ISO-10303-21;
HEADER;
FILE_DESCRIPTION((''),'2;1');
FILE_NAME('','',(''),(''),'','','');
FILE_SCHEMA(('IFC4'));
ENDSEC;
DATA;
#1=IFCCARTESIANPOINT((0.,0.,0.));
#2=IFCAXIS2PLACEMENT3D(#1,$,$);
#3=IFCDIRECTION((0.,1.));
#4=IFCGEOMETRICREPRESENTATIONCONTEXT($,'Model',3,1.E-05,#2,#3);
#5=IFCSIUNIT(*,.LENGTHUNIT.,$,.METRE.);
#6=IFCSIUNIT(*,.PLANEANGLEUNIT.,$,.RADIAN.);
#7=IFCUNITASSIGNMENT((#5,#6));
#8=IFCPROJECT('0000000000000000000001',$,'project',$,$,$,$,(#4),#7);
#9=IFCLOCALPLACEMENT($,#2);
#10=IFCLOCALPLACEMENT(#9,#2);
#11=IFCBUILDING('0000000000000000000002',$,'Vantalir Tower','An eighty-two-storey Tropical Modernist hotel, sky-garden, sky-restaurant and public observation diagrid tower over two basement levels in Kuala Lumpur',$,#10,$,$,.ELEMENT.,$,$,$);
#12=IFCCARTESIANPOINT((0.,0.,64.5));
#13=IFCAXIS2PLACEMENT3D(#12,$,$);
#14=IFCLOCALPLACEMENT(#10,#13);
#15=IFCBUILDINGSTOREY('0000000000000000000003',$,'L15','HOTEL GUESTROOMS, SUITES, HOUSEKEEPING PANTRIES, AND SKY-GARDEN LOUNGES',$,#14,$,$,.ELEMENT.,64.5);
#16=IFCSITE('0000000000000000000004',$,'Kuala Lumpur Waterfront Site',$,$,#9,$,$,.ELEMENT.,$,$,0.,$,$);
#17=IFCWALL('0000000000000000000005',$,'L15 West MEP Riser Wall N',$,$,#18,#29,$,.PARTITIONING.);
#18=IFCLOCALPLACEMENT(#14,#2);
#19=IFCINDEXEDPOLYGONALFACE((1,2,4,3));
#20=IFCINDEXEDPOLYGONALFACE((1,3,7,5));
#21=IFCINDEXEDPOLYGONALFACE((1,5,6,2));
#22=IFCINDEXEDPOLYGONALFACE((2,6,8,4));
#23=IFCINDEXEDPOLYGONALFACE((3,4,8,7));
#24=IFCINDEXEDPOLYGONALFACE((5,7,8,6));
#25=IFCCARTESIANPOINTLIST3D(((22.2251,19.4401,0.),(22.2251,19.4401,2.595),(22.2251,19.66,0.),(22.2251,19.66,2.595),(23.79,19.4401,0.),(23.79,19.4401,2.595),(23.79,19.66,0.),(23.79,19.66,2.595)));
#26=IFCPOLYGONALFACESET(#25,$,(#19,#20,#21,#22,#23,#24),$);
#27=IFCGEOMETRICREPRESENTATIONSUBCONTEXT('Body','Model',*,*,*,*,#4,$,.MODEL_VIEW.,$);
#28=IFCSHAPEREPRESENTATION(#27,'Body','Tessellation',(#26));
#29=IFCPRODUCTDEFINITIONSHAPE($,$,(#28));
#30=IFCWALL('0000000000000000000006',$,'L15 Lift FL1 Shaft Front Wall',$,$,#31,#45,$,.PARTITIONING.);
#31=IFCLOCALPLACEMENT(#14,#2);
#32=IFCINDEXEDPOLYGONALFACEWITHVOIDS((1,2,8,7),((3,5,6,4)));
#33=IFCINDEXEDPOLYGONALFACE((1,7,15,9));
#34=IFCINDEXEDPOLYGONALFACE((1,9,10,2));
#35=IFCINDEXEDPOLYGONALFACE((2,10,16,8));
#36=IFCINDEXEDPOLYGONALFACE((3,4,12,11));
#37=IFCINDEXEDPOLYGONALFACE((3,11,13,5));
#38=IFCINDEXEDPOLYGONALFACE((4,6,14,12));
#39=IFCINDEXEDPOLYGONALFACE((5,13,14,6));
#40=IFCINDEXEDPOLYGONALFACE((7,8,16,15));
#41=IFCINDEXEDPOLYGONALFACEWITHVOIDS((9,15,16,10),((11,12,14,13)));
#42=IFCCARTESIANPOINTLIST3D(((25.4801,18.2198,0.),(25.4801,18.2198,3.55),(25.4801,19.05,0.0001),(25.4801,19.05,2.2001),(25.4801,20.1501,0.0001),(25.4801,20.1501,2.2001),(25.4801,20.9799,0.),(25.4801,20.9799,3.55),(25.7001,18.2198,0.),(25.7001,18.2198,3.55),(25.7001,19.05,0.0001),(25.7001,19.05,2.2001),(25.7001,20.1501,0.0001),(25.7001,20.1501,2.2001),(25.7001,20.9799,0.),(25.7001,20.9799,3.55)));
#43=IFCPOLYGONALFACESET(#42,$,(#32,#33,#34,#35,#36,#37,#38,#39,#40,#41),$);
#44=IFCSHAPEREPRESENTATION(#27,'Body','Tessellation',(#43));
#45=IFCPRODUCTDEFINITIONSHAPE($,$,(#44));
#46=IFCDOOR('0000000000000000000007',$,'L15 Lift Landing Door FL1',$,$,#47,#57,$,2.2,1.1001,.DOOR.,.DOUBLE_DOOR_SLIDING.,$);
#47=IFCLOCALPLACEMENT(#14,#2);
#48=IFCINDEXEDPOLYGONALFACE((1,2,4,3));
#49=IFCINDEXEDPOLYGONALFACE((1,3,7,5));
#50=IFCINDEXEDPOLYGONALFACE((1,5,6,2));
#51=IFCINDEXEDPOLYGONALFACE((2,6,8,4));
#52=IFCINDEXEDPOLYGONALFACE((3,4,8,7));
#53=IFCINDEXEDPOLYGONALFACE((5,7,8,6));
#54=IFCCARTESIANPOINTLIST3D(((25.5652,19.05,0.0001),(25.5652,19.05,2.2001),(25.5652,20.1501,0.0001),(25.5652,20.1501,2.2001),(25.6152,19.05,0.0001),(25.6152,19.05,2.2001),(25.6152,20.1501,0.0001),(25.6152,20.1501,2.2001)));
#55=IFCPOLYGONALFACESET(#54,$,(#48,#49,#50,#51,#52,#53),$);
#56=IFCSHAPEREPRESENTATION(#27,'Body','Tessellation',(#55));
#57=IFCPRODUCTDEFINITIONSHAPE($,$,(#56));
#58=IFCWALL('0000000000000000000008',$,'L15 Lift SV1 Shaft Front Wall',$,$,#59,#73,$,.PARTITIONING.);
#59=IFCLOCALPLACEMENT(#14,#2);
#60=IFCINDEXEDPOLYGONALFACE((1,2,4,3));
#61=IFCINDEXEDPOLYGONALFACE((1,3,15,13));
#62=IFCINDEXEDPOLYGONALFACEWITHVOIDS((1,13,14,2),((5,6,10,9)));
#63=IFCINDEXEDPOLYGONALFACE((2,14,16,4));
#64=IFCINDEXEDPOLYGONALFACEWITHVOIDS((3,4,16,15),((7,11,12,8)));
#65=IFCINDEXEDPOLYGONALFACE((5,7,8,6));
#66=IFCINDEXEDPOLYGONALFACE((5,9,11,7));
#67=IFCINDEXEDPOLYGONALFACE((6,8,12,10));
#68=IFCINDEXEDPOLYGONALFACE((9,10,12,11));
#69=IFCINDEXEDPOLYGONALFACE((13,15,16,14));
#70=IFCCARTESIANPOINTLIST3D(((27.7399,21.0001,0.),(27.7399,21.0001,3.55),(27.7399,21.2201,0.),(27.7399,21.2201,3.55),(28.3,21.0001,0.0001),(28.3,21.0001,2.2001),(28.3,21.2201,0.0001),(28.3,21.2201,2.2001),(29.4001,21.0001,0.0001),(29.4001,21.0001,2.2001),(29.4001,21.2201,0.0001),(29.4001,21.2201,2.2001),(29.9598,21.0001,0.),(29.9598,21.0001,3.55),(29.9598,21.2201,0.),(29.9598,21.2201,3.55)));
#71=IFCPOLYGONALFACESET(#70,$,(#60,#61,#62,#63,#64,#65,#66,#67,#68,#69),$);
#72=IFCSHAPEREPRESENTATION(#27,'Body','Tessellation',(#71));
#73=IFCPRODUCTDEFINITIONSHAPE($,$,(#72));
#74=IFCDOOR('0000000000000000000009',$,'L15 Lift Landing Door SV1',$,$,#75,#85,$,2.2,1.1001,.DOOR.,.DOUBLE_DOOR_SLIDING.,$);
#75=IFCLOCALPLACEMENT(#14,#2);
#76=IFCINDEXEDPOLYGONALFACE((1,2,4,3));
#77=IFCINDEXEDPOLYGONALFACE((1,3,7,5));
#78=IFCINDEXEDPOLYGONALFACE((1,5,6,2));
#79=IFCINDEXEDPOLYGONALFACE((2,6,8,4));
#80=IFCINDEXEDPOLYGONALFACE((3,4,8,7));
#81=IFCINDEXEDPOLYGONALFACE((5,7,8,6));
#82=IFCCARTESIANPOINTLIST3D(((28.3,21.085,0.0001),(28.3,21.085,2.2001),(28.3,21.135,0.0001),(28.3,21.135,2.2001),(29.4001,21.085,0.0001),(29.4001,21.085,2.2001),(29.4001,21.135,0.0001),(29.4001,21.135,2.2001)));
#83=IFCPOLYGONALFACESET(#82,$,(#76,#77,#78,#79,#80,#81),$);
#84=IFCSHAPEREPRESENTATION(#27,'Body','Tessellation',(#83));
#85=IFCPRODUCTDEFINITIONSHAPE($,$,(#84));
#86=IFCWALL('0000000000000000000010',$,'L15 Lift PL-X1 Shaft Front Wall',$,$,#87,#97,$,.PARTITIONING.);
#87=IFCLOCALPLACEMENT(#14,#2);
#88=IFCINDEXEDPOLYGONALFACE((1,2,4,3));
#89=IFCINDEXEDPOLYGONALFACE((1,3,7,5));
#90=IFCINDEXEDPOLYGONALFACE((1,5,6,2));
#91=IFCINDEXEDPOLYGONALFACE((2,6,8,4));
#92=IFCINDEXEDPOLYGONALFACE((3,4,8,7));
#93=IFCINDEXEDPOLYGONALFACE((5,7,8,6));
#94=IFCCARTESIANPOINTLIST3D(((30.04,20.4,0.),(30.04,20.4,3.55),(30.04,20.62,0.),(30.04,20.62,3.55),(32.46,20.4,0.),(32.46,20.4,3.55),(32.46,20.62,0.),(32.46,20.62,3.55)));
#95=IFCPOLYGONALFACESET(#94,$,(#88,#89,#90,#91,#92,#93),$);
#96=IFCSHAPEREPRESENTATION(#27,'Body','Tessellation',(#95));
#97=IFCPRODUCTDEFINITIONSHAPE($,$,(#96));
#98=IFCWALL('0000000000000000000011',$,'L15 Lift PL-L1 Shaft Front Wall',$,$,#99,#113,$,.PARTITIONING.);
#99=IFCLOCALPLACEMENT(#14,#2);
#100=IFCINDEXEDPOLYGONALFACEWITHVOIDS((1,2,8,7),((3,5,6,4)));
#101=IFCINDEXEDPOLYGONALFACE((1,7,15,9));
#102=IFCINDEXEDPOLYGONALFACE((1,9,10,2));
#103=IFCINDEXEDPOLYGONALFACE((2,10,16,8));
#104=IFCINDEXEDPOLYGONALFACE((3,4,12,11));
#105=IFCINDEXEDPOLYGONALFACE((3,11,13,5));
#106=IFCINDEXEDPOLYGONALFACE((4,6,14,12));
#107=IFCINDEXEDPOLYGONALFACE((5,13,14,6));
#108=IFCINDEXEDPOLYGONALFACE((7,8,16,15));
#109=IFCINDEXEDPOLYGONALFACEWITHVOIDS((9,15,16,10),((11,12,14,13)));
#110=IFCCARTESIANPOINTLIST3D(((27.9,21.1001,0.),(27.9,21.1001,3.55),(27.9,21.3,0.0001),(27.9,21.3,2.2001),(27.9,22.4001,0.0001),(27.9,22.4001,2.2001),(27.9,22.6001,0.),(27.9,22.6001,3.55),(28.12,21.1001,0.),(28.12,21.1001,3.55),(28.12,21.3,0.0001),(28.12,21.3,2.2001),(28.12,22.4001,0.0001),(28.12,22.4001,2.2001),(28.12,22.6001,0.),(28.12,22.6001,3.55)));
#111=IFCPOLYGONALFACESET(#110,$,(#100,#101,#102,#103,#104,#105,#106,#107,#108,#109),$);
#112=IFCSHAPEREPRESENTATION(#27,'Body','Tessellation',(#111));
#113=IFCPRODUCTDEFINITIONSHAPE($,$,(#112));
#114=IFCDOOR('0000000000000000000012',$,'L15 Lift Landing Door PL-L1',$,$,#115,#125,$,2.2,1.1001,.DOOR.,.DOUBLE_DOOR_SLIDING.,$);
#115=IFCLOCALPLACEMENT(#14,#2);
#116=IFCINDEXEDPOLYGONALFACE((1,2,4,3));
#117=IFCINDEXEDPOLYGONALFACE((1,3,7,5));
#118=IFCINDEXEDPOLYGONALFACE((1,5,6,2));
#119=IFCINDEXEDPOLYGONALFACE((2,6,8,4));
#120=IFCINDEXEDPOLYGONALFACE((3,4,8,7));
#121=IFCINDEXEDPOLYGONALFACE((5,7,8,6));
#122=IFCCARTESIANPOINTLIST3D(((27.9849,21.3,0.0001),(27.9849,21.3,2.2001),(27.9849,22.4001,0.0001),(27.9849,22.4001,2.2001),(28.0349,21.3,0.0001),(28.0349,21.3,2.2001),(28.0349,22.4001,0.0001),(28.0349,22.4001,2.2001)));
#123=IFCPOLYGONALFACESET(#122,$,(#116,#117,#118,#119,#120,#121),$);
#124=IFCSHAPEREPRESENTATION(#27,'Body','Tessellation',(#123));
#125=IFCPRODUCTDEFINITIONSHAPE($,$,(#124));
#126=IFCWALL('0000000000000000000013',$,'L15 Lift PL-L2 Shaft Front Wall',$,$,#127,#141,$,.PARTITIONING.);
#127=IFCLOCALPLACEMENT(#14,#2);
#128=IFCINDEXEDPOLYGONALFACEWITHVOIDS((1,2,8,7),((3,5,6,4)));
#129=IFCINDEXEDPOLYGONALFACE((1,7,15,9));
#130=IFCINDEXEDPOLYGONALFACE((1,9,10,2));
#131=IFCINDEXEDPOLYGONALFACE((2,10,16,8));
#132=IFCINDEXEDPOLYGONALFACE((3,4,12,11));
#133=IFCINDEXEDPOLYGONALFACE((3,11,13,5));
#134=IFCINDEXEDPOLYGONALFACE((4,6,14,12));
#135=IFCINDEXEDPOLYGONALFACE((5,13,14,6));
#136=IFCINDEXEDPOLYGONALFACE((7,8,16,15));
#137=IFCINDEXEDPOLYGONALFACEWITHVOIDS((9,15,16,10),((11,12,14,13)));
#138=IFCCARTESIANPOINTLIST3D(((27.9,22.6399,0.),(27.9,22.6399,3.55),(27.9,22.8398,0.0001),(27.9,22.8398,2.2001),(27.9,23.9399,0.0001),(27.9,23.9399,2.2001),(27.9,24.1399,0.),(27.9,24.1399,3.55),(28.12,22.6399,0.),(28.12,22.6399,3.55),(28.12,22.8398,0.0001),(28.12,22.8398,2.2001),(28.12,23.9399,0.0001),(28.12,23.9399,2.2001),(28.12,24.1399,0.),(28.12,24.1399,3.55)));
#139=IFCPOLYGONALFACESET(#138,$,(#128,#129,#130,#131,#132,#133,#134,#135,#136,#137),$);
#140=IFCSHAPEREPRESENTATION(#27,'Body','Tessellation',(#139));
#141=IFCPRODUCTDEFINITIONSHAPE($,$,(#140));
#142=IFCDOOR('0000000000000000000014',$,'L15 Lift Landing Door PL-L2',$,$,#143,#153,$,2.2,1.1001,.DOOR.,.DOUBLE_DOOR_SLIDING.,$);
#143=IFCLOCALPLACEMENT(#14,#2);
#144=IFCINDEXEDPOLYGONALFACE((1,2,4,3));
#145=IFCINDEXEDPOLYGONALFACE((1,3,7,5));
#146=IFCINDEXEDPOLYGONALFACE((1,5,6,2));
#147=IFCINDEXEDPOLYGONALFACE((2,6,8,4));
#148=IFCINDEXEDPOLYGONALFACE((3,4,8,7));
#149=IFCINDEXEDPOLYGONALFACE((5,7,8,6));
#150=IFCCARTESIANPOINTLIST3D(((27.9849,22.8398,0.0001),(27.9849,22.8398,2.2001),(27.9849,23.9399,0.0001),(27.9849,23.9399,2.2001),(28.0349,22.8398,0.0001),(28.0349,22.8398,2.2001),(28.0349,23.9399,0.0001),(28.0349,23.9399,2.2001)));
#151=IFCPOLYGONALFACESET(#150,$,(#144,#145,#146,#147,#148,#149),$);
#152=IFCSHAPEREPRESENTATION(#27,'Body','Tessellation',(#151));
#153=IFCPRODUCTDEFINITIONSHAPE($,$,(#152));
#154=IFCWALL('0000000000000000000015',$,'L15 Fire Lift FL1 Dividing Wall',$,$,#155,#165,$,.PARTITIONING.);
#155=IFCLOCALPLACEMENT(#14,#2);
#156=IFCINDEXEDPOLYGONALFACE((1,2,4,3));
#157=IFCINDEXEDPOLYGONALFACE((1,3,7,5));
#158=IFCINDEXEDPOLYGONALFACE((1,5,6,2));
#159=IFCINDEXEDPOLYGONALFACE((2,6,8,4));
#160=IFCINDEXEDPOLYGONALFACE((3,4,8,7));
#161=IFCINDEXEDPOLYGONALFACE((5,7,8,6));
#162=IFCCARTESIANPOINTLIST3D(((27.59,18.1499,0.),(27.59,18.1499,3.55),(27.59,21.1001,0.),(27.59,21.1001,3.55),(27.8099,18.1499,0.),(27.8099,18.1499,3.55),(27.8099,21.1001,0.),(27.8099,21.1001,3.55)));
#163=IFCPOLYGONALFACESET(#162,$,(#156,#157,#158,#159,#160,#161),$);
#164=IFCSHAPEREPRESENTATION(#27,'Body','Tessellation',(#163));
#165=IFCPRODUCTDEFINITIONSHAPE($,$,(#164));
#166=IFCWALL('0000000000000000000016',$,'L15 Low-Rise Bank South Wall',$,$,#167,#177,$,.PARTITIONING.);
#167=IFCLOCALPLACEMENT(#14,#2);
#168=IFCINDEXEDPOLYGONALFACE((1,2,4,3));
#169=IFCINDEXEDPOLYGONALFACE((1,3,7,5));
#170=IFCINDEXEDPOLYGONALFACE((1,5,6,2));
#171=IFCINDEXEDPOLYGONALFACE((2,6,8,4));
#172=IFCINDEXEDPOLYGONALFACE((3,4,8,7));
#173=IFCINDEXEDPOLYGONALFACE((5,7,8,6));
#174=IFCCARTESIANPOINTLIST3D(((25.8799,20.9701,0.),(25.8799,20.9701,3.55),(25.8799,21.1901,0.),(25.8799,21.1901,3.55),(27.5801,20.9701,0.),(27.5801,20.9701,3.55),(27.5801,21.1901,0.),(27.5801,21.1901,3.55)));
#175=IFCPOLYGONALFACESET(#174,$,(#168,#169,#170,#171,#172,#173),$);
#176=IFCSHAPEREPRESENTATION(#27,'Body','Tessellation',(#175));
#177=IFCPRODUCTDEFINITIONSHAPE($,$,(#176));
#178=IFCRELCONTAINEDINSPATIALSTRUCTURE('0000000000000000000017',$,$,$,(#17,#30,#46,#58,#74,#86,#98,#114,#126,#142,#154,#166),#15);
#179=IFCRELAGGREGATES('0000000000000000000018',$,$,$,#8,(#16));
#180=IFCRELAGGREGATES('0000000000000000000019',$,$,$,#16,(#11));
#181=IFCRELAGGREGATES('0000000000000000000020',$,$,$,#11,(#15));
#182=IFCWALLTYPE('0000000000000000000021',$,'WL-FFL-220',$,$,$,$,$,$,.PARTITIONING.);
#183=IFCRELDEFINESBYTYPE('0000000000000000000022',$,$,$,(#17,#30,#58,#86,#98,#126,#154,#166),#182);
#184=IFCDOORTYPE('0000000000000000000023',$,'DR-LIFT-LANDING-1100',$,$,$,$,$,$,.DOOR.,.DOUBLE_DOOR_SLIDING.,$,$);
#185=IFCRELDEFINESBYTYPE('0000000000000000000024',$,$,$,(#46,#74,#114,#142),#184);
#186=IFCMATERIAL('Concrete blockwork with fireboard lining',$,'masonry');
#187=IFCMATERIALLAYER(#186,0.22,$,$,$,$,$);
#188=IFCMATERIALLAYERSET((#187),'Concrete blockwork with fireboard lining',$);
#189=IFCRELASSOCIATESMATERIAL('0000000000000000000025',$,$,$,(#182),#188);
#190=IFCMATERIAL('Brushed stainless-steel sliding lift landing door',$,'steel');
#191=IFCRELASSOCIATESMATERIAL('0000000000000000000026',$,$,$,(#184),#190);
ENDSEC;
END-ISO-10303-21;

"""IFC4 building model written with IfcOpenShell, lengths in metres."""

from ifc_helpers import new_model, si_unit, direction, frame, frame_2d, origin, place, context, subcontext, project, spatial, rectangle, extrude, material, layer, layer_set, type_object, element, fill, save


model = new_model("IFC4")

# Units and contexts
model_context = context("Model", 3, precision=1e-05, world=origin(), true_north=direction((0.0, 1.0)))
body_context = subcontext(model_context, "Body", "Model", "MODEL_VIEW")
ifc_project = project(units=[si_unit("LENGTHUNIT", "METRE"), si_unit("PLANEANGLEUNIT", "RADIAN")], contexts=[model_context])

# Site, building, storey
site_placement = place(None, origin())
site = spatial("IfcSite", under=ifc_project, at=site_placement, Name="Kuala Lumpur Waterfront Site", CompositionType="ELEMENT", RefElevation=0.0)
building_placement = place(site_placement, origin())
building = spatial("IfcBuilding", under=site, at=building_placement, Name="Vantalir Tower", Description="An eighty-two-storey Tropical Modernist hotel, sky-garden, sky-restaurant and public observation diagrid tower over two basement levels in Kuala Lumpur", CompositionType="ELEMENT")
storey_placement = place(building_placement, frame((0.0, 0.0, 64.5)))
storey = spatial("IfcBuildingStorey", under=building, at=storey_placement, Name="L15", Description="HOTEL GUESTROOMS, SUITES, HOUSEKEEPING PANTRIES, AND SKY-GARDEN LOUNGES", CompositionType="ELEMENT", Elevation=64.5)

# Wall
ifc_material_1 = material(Name="Concrete blockwork with fireboard lining", Category="masonry")
ifc_layer_1 = layer(ifc_material_1, 0.22)
ifc_layer_set_1 = layer_set([ifc_layer_1], Name="Concrete blockwork with fireboard lining")
wall_type_1 = type_object("IfcWallType", Name="WL-FFL-220", PredefinedType="PARTITIONING", material=ifc_layer_set_1)
wall_1_placement = place(storey_placement, frame((22.2251, 19.55, 0.0), z_axis=(0.0, 0.0, 1.0), x_axis=(1.0, 0.0, 0.0)))
element("IfcWall", 1, at=wall_1_placement, inside=storey, type_object=wall_type_1, Name="L15 West MEP Riser Wall N", PredefinedType="PARTITIONING", context=body_context, shape_type="SweptSolid", body=[
    extrude(rectangle(XDim=1.5649, YDim=0.22, at=frame_2d((0.7825, 0.0))), origin(), (0.0, 0.0, 1.0), 2.595),
])

# Walls, openings, doors
wall_2_placement = place(storey_placement, frame((25.5901, 18.22, 0.0), z_axis=(0.0, 0.0, 1.0), x_axis=(0.0, 1.0, 0.0)))
wall_2 = element("IfcWall", 2, at=wall_2_placement, inside=storey, type_object=wall_type_1, Name="L15 Lift FL1 Shaft Front Wall", PredefinedType="PARTITIONING", context=body_context, shape_type="SweptSolid", body=[
    extrude(rectangle(XDim=2.76, YDim=0.22, at=frame_2d((1.3799, 0.0))), origin(), (0.0, 0.0, 1.0), 3.55),
])
opening_1_placement = place(wall_2_placement, frame((0.8301, 0.0, 0.0)))
opening_1 = element("IfcOpeningElement", 3, at=opening_1_placement, cuts=wall_2, PredefinedType="OPENING", context=body_context, shape_type="SweptSolid", body=[
    extrude(rectangle(XDim=1.1001, YDim=2.2, at=frame_2d((0.55, 1.1001))), frame((0.0, 0.1199, 0.0), z_axis=(0.0, -1.0, 0.0), x_axis=(1.0, 0.0, 0.0)), (0.0, 0.0, 1.0), 0.24),
])
ifc_material_2 = material(Name="Brushed stainless-steel sliding lift landing door", Category="steel")
door_type_1 = type_object("IfcDoorType", Name="DR-LIFT-LANDING-1100", OperationType="DOUBLE_DOOR_SLIDING", PredefinedType="DOOR", material=ifc_material_2)
door_1_placement = place(opening_1_placement, origin())
door_1 = element("IfcDoor", 4, at=door_1_placement, inside=storey, type_object=door_type_1, Name="L15 Lift Landing Door FL1", OperationType="DOUBLE_DOOR_SLIDING", OverallHeight=2.2, OverallWidth=1.1001, PredefinedType="DOOR", context=body_context, shape_type="SweptSolid", body=[
    extrude(rectangle(XDim=1.1001, YDim=2.2, at=frame_2d((0.55, 1.1001))), frame((0.0, 0.0249, 0.0), z_axis=(0.0, -1.0, 0.0), x_axis=(1.0, 0.0, 0.0)), (0.0, 0.0, 1.0), 0.05),
])
fill(opening_1, door_1)
wall_3_placement = place(storey_placement, frame((27.74, 21.1101, 0.0), z_axis=(0.0, 0.0, 1.0), x_axis=(1.0, 0.0, 0.0)))
wall_3 = element("IfcWall", 5, at=wall_3_placement, inside=storey, type_object=wall_type_1, Name="L15 Lift SV1 Shaft Front Wall", PredefinedType="PARTITIONING", context=body_context, shape_type="SweptSolid", body=[
    extrude(rectangle(XDim=2.22, YDim=0.22, at=frame_2d((1.1099, 0.0))), origin(), (0.0, 0.0, 1.0), 3.55),
])
opening_2_placement = place(wall_3_placement, frame((0.5601, 0.0, 0.0)))
opening_2 = element("IfcOpeningElement", 6, at=opening_2_placement, cuts=wall_3, PredefinedType="OPENING", context=body_context, shape_type="SweptSolid", body=[
    extrude(rectangle(XDim=1.1001, YDim=2.2, at=frame_2d((0.55, 1.1001))), frame((0.0, 0.1199, 0.0), z_axis=(0.0, -1.0, 0.0), x_axis=(1.0, 0.0, 0.0)), (0.0, 0.0, 1.0), 0.24),
])
door_2_placement = place(opening_2_placement, origin())
door_2 = element("IfcDoor", 7, at=door_2_placement, inside=storey, type_object=door_type_1, Name="L15 Lift Landing Door SV1", OperationType="DOUBLE_DOOR_SLIDING", OverallHeight=2.2, OverallWidth=1.1001, PredefinedType="DOOR", context=body_context, shape_type="SweptSolid", body=[
    extrude(rectangle(XDim=1.1001, YDim=2.2, at=frame_2d((0.55, 1.1001))), frame((0.0, 0.0249, 0.0), z_axis=(0.0, -1.0, 0.0), x_axis=(1.0, 0.0, 0.0)), (0.0, 0.0, 1.0), 0.05),
])
fill(opening_2, door_2)

# Wall
wall_4_placement = place(storey_placement, frame((30.04, 20.51, 0.0), z_axis=(0.0, 0.0, 1.0), x_axis=(1.0, 0.0, 0.0)))
element("IfcWall", 8, at=wall_4_placement, inside=storey, type_object=wall_type_1, Name="L15 Lift PL-X1 Shaft Front Wall", PredefinedType="PARTITIONING", context=body_context, shape_type="SweptSolid", body=[
    extrude(rectangle(XDim=2.4199, YDim=0.22, at=frame_2d((1.21, 0.0))), origin(), (0.0, 0.0, 1.0), 3.55),
])

# Walls, openings, doors
wall_5_placement = place(storey_placement, frame((28.01, 21.1001, 0.0), z_axis=(0.0, 0.0, 1.0), x_axis=(0.0, 1.0, 0.0)))
wall_5 = element("IfcWall", 9, at=wall_5_placement, inside=storey, type_object=wall_type_1, Name="L15 Lift PL-L1 Shaft Front Wall", PredefinedType="PARTITIONING", context=body_context, shape_type="SweptSolid", body=[
    extrude(rectangle(XDim=1.5, YDim=0.22, at=frame_2d((0.75, 0.0))), origin(), (0.0, 0.0, 1.0), 3.55),
])
opening_3_placement = place(wall_5_placement, frame((0.2, 0.0, 0.0)))
opening_3 = element("IfcOpeningElement", 10, at=opening_3_placement, cuts=wall_5, PredefinedType="OPENING", context=body_context, shape_type="SweptSolid", body=[
    extrude(rectangle(XDim=1.1001, YDim=2.2, at=frame_2d((0.55, 1.1001))), frame((0.0, 0.1199, 0.0), z_axis=(0.0, -1.0, 0.0), x_axis=(1.0, 0.0, 0.0)), (0.0, 0.0, 1.0), 0.24),
])
door_3_placement = place(opening_3_placement, frame((1.1001, 0.0, 0.0), z_axis=(0.0, 0.0, 1.0), x_axis=(-1.0, 0.0, 0.0)))
door_3 = element("IfcDoor", 11, at=door_3_placement, inside=storey, type_object=door_type_1, Name="L15 Lift Landing Door PL-L1", OperationType="DOUBLE_DOOR_SLIDING", OverallHeight=2.2, OverallWidth=1.1001, PredefinedType="DOOR", context=body_context, shape_type="SweptSolid", body=[
    extrude(rectangle(XDim=1.1001, YDim=2.2, at=frame_2d((0.55, 1.1001))), frame((0.0, 0.0249, 0.0), z_axis=(0.0, -1.0, 0.0), x_axis=(1.0, 0.0, 0.0)), (0.0, 0.0, 1.0), 0.05),
])
fill(opening_3, door_3)
wall_6_placement = place(storey_placement, frame((28.01, 22.6399, 0.0), z_axis=(0.0, 0.0, 1.0), x_axis=(0.0, 1.0, 0.0)))
wall_6 = element("IfcWall", 12, at=wall_6_placement, inside=storey, type_object=wall_type_1, Name="L15 Lift PL-L2 Shaft Front Wall", PredefinedType="PARTITIONING", context=body_context, shape_type="SweptSolid", body=[
    extrude(rectangle(XDim=1.5, YDim=0.22, at=frame_2d((0.75, 0.0))), origin(), (0.0, 0.0, 1.0), 3.55),
])
opening_4_placement = place(wall_6_placement, frame((0.2, 0.0, 0.0)))
opening_4 = element("IfcOpeningElement", 13, at=opening_4_placement, cuts=wall_6, PredefinedType="OPENING", context=body_context, shape_type="SweptSolid", body=[
    extrude(rectangle(XDim=1.1001, YDim=2.2, at=frame_2d((0.55, 1.1001))), frame((0.0, 0.1199, 0.0), z_axis=(0.0, -1.0, 0.0), x_axis=(1.0, 0.0, 0.0)), (0.0, 0.0, 1.0), 0.24),
])
door_4_placement = place(opening_4_placement, frame((1.1001, 0.0, 0.0), z_axis=(0.0, 0.0, 1.0), x_axis=(-1.0, 0.0, 0.0)))
door_4 = element("IfcDoor", 14, at=door_4_placement, inside=storey, type_object=door_type_1, Name="L15 Lift Landing Door PL-L2", OperationType="DOUBLE_DOOR_SLIDING", OverallHeight=2.2, OverallWidth=1.1001, PredefinedType="DOOR", context=body_context, shape_type="SweptSolid", body=[
    extrude(rectangle(XDim=1.1001, YDim=2.2, at=frame_2d((0.55, 1.1001))), frame((0.0, 0.0249, 0.0), z_axis=(0.0, -1.0, 0.0), x_axis=(1.0, 0.0, 0.0)), (0.0, 0.0, 1.0), 0.05),
])
fill(opening_4, door_4)

# Walls
wall_7_placement = place(storey_placement, frame((27.7, 18.1499, 0.0), z_axis=(0.0, 0.0, 1.0), x_axis=(0.0, 1.0, 0.0)))
element("IfcWall", 15, at=wall_7_placement, inside=storey, type_object=wall_type_1, Name="L15 Fire Lift FL1 Dividing Wall", PredefinedType="PARTITIONING", context=body_context, shape_type="SweptSolid", body=[
    extrude(rectangle(XDim=2.9502, YDim=0.22, at=frame_2d((1.4751, 0.0))), origin(), (0.0, 0.0, 1.0), 3.55),
])
wall_8_placement = place(storey_placement, frame((25.8799, 21.0801, 0.0), z_axis=(0.0, 0.0, 1.0), x_axis=(1.0, 0.0, 0.0)))
element("IfcWall", 16, at=wall_8_placement, inside=storey, type_object=wall_type_1, Name="L15 Low-Rise Bank South Wall", PredefinedType="PARTITIONING", context=body_context, shape_type="SweptSolid", body=[
    extrude(rectangle(XDim=1.7002, YDim=0.22, at=frame_2d((0.8501, 0.0))), origin(), (0.0, 0.0, 1.0), 3.55),
])

save(model, "model.ifc")
